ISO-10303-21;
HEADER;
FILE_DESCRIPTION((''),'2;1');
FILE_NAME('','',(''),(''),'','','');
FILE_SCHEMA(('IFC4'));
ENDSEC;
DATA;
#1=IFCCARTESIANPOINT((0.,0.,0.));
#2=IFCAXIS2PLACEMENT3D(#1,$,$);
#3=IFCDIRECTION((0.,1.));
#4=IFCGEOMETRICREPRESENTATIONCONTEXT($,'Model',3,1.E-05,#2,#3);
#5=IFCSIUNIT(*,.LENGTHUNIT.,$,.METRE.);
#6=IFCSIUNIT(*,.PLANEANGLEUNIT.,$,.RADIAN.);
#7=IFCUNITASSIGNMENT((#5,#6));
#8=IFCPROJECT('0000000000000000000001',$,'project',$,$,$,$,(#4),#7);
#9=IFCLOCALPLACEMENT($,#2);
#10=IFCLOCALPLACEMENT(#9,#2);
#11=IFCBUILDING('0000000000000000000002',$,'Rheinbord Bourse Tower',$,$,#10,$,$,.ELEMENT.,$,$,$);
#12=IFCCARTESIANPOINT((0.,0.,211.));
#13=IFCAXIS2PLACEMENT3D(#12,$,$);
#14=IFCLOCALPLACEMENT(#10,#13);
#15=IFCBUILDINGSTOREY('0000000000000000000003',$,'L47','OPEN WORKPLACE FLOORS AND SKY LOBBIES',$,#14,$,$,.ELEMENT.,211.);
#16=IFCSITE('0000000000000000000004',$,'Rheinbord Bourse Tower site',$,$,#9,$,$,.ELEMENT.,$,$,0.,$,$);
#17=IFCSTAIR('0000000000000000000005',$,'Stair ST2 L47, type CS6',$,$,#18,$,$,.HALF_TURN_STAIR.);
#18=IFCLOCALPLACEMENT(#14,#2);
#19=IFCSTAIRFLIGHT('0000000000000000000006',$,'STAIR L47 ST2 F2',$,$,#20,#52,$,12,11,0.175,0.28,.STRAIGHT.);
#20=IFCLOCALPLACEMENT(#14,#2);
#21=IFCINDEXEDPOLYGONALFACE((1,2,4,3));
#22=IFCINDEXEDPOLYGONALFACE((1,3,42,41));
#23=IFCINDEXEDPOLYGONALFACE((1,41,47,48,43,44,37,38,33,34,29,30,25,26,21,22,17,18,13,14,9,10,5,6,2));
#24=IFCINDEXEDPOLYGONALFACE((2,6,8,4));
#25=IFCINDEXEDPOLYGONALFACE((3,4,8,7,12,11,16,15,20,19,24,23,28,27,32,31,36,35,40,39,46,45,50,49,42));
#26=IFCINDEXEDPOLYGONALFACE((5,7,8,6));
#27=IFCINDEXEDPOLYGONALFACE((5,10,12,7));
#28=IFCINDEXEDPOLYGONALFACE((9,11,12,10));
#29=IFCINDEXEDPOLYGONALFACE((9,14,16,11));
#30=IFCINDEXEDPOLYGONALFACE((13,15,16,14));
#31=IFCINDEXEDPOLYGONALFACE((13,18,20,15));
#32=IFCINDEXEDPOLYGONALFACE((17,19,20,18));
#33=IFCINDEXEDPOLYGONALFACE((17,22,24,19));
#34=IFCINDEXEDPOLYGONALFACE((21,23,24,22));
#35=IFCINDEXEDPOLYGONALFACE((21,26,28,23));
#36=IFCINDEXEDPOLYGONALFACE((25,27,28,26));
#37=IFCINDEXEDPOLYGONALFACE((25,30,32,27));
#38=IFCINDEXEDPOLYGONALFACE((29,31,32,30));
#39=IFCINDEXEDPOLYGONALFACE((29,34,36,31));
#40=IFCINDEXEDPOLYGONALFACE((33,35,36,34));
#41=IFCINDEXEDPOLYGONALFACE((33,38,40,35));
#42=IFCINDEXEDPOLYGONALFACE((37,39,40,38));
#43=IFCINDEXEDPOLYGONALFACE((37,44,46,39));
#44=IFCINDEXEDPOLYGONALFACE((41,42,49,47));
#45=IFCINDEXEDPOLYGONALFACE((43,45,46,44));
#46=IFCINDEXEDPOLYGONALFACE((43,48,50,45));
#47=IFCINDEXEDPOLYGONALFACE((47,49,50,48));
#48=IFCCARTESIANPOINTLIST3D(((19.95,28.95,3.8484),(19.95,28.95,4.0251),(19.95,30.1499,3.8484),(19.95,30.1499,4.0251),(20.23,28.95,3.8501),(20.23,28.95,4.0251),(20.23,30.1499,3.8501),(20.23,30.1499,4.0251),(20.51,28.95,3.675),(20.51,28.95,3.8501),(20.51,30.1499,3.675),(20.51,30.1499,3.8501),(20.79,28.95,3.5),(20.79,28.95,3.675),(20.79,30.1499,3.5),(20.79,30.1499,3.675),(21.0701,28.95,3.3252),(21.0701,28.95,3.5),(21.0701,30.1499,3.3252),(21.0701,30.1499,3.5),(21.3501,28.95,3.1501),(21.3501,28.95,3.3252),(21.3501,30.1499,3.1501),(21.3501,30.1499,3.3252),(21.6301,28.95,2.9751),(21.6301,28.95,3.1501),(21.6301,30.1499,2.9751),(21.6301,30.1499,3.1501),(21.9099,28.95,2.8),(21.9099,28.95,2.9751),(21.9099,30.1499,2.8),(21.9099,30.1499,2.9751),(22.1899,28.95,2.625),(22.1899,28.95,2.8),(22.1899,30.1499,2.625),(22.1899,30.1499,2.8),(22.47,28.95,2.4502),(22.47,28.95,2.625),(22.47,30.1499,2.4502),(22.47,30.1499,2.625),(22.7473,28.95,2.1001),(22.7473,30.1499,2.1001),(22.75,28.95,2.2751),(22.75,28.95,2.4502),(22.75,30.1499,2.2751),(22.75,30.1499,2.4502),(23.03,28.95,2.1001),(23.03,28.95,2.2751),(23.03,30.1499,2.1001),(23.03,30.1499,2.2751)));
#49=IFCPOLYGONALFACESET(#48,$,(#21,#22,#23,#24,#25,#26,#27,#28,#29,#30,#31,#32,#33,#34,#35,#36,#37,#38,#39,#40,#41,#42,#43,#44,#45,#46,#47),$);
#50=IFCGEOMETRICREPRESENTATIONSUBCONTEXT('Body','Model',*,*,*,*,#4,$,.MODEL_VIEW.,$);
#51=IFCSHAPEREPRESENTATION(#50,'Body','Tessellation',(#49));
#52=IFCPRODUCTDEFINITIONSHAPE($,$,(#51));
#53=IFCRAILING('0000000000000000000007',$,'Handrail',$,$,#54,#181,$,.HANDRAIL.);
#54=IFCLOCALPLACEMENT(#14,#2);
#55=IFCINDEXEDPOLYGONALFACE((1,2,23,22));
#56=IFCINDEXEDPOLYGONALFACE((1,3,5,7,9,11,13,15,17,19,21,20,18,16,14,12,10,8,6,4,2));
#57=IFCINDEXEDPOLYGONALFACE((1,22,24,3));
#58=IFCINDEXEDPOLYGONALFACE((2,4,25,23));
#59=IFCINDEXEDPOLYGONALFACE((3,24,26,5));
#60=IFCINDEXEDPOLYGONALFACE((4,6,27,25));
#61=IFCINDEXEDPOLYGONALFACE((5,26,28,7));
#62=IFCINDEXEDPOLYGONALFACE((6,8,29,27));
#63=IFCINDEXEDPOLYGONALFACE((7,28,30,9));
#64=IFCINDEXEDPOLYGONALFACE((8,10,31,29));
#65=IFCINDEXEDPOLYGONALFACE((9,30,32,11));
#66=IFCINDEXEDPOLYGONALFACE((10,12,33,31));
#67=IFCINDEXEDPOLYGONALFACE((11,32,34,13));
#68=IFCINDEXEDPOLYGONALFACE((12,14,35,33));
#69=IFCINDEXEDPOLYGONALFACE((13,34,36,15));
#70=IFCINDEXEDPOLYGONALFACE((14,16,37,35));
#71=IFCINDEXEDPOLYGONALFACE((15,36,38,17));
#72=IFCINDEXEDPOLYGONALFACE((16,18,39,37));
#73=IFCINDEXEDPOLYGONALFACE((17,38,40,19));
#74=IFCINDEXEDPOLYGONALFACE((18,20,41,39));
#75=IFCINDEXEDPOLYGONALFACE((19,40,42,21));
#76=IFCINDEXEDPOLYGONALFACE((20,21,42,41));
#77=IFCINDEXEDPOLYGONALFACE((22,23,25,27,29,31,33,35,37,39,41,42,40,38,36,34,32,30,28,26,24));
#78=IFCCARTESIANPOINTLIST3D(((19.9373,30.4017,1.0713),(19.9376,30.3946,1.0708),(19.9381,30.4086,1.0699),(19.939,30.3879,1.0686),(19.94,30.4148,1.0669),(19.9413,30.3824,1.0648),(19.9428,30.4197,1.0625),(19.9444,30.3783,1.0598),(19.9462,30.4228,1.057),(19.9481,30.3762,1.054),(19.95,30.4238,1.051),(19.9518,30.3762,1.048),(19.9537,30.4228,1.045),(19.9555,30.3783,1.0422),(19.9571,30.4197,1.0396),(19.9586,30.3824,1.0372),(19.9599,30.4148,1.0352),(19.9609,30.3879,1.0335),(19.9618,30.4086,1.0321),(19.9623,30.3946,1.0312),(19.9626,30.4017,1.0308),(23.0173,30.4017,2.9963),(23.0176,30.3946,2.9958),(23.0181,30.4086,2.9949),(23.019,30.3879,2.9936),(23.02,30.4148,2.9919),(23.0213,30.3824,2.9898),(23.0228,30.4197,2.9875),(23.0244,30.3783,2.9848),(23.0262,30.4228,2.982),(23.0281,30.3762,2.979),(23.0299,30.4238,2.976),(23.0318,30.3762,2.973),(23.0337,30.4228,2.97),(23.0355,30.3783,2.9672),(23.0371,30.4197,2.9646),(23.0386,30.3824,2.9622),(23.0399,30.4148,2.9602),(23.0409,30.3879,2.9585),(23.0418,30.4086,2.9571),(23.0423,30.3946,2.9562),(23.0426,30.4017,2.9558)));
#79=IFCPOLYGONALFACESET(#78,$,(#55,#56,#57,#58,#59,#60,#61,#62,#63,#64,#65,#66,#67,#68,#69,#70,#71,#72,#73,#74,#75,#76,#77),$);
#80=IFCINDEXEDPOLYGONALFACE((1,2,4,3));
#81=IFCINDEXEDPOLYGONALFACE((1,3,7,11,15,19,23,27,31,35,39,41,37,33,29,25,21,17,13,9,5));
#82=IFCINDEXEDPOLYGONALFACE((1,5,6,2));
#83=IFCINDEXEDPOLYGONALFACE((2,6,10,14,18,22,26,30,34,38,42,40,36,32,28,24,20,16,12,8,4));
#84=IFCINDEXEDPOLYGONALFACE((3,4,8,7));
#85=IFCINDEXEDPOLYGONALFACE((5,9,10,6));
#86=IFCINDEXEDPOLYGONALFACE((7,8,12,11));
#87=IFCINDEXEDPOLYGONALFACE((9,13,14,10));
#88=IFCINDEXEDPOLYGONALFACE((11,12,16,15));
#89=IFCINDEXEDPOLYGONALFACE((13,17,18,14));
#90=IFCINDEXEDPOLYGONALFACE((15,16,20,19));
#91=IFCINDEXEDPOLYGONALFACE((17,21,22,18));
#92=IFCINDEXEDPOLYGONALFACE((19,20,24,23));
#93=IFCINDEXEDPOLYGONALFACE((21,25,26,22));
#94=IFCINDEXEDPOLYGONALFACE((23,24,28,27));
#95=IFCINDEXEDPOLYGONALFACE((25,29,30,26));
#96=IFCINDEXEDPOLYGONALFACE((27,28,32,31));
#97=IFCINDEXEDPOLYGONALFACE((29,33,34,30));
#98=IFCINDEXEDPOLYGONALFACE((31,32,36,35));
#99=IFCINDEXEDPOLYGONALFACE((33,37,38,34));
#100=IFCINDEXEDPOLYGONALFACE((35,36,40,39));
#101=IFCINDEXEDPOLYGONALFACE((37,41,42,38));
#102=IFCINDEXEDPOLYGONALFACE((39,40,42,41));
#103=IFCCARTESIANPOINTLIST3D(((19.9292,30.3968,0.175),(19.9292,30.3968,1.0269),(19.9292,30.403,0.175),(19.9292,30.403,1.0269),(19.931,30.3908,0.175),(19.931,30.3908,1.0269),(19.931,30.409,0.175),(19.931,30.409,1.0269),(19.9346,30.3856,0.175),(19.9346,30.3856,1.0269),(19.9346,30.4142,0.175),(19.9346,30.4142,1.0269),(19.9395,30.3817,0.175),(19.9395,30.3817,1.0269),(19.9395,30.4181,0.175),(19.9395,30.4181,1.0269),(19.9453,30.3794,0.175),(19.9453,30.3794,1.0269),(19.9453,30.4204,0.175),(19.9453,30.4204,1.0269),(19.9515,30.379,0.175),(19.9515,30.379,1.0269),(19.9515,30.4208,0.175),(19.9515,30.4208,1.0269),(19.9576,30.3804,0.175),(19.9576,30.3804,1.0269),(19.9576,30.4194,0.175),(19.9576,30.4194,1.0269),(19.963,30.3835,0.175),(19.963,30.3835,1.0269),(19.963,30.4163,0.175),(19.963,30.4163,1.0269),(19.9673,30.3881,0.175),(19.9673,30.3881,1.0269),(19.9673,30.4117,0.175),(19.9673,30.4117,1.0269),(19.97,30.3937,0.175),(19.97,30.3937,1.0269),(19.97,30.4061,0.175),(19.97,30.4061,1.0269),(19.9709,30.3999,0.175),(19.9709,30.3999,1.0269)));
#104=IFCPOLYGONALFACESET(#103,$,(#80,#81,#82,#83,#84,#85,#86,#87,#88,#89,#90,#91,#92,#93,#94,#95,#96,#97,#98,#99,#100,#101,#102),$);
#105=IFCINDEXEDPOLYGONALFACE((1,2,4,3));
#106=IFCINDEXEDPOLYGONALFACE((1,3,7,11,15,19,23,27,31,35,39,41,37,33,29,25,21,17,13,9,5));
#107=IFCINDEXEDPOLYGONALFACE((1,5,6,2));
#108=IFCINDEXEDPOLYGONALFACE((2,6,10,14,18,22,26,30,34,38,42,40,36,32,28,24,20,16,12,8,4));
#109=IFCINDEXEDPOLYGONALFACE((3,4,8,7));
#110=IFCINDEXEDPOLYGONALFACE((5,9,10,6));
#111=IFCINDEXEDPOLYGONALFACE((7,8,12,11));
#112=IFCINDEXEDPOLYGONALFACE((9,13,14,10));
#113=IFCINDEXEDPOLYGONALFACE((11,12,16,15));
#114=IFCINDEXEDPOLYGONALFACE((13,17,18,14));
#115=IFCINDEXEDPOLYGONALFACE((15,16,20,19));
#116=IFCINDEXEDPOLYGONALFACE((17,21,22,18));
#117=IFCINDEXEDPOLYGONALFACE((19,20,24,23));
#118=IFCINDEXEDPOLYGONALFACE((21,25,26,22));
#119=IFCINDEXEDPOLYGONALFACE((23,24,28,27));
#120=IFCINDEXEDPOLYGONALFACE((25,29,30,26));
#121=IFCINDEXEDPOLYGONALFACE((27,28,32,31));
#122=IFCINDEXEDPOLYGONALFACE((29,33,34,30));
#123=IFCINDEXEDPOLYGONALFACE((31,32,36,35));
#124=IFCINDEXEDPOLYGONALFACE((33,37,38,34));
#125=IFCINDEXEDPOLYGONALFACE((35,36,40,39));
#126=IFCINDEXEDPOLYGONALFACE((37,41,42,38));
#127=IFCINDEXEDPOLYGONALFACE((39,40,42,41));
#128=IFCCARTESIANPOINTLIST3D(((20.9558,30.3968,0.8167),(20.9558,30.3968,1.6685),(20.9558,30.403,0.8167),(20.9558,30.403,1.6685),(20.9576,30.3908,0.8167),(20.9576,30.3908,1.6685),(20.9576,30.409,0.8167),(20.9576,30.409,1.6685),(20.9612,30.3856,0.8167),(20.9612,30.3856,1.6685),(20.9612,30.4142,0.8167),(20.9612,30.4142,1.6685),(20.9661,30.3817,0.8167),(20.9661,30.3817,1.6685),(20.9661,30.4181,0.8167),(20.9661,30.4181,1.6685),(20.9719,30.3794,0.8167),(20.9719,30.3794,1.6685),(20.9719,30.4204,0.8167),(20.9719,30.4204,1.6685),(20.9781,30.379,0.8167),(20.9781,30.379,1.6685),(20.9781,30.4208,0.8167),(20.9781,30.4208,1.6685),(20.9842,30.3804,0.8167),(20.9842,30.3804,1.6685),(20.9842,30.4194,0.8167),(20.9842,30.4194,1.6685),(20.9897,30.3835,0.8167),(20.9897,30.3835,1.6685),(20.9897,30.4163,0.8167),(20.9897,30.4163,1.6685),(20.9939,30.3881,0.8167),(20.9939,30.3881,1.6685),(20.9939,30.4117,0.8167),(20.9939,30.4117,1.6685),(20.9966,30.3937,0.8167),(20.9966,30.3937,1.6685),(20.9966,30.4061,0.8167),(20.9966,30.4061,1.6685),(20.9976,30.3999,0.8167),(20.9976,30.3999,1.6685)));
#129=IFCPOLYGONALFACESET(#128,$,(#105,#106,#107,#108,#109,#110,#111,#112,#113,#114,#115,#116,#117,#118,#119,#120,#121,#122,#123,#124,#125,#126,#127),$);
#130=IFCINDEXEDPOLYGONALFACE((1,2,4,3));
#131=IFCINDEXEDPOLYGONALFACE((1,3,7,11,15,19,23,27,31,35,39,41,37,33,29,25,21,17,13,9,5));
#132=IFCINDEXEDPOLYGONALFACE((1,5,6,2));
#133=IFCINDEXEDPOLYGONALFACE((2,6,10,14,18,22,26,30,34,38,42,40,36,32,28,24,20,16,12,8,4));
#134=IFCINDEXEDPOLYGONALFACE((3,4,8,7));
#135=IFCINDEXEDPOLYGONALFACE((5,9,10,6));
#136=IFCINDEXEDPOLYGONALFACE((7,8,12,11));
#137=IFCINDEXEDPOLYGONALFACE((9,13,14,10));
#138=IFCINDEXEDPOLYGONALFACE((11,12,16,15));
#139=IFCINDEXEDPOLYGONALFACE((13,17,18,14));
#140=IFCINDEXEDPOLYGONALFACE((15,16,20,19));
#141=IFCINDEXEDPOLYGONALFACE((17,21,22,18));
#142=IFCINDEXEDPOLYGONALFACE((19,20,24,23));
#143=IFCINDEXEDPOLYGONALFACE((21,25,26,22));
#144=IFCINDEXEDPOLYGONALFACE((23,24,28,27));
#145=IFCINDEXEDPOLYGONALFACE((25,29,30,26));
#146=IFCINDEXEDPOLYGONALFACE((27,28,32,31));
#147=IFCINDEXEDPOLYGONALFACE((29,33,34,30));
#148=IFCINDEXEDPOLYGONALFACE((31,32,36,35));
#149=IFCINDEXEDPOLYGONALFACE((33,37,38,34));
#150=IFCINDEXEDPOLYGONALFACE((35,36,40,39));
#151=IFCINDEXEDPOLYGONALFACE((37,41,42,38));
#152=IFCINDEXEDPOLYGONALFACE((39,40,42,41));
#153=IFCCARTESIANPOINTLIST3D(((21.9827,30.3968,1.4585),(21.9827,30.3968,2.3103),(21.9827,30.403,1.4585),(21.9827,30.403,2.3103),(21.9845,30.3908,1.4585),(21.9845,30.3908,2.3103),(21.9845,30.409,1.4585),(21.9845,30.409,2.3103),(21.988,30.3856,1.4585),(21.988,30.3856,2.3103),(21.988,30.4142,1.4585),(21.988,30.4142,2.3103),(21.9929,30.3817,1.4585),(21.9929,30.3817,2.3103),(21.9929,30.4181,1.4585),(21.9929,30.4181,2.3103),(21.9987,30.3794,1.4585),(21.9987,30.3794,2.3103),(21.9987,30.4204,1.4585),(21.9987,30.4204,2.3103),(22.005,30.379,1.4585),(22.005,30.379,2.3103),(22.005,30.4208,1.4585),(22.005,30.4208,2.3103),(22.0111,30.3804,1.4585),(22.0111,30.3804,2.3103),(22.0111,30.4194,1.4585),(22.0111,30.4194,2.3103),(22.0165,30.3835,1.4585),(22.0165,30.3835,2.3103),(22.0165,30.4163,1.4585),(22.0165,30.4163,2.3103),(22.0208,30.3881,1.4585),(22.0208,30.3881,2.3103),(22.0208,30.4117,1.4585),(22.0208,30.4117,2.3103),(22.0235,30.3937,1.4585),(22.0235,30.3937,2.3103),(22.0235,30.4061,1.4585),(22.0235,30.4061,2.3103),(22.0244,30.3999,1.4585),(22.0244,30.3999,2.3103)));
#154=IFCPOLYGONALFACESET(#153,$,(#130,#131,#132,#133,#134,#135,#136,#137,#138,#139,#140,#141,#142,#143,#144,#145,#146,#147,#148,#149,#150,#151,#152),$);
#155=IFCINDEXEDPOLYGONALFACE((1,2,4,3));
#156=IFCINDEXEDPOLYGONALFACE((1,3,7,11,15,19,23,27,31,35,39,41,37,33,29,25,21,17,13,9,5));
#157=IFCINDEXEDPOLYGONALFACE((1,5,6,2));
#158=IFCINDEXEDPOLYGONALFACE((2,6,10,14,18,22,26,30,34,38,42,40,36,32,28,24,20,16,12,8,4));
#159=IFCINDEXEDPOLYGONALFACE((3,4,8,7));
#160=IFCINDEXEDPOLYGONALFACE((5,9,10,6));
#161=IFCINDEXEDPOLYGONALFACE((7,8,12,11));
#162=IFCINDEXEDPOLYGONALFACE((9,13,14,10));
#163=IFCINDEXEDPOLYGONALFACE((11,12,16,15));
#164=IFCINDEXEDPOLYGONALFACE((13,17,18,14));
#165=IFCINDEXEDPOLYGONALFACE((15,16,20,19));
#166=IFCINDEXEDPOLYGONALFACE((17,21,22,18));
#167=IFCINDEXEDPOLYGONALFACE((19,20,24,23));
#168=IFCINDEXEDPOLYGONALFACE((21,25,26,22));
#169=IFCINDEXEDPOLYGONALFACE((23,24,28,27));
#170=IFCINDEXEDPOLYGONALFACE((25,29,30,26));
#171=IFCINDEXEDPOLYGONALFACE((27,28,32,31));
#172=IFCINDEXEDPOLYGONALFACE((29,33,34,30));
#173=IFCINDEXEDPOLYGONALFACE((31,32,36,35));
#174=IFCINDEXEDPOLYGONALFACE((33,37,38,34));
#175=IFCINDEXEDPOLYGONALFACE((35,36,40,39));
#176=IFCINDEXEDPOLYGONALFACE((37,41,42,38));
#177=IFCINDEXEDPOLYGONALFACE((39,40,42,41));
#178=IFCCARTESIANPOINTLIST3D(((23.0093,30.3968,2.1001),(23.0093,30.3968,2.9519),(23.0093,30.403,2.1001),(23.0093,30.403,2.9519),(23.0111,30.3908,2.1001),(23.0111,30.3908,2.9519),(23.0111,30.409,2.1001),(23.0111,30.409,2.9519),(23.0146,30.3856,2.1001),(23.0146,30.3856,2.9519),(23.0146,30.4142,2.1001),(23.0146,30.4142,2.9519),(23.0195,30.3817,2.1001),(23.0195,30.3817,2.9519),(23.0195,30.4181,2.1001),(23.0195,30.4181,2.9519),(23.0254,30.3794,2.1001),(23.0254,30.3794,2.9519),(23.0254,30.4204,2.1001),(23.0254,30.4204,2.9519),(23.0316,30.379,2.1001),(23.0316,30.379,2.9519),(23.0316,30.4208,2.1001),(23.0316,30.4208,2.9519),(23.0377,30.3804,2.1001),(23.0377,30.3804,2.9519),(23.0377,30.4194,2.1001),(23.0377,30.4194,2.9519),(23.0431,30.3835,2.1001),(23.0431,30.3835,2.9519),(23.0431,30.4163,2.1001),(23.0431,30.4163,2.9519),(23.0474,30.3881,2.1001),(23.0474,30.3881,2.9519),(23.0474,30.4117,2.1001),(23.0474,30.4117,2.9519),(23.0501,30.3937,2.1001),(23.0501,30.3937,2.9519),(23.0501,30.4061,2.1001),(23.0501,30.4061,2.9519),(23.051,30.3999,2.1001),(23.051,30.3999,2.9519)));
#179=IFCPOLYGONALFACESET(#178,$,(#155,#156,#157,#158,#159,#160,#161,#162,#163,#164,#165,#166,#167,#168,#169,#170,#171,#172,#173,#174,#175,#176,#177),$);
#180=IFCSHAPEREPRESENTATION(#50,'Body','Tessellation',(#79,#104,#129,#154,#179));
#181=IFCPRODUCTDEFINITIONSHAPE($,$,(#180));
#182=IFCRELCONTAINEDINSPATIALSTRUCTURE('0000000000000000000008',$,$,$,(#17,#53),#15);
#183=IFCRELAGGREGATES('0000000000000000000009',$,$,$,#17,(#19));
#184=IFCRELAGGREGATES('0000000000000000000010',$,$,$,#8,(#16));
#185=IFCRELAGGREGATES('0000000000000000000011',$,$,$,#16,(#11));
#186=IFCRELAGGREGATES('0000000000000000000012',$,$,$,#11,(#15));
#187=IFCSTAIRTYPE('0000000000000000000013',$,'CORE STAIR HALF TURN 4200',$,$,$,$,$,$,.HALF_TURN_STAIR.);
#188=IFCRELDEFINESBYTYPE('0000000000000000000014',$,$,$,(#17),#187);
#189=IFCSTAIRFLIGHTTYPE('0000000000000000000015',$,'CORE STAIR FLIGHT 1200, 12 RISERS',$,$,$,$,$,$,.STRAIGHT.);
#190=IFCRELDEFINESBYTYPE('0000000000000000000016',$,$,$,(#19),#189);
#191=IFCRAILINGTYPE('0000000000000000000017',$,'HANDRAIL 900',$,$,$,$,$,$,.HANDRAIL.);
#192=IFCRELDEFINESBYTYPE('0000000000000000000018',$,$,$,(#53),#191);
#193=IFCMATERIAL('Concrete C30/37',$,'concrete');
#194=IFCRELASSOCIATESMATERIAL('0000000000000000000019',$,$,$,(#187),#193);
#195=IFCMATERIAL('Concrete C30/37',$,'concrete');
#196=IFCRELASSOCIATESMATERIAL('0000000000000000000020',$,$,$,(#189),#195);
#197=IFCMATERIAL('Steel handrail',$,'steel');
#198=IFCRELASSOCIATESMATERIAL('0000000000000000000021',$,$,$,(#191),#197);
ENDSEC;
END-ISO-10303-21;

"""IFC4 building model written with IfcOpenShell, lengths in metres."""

from ifc_helpers import new_model, si_unit, direction, frame, origin, origin_2d, place, context, subcontext, project, spatial, polyline, circle, outline, extrude, material, type_object, element, aggregate, save


model = new_model("IFC4")

# Units and contexts
model_context = context("Model", 3, precision=1e-05, world=origin(), true_north=direction((0.0, 1.0)))
body_context = subcontext(model_context, "Body", "Model", "MODEL_VIEW")
ifc_project = project(units=[si_unit("LENGTHUNIT", "METRE"), si_unit("PLANEANGLEUNIT", "RADIAN")], contexts=[model_context])

# Site, building, storey
site_placement = place(None, origin())
site = spatial("IfcSite", under=ifc_project, at=site_placement, Name="Rheinbord Bourse Tower site", CompositionType="ELEMENT", RefElevation=0.0)
building_placement = place(site_placement, origin())
building = spatial("IfcBuilding", under=site, at=building_placement, Name="Rheinbord Bourse Tower", CompositionType="ELEMENT")
storey_placement = place(building_placement, frame((0.0, 0.0, 211.0)))
storey = spatial("IfcBuildingStorey", under=building, at=storey_placement, Name="L47", Description="OPEN WORKPLACE FLOORS AND SKY LOBBIES", CompositionType="ELEMENT", Elevation=211.0)

# Stair, stair flight
ifc_material_1 = material(Name="Concrete C30/37", Category="concrete")
stair_type = type_object("IfcStairType", Name="CORE STAIR HALF TURN 4200", PredefinedType="HALF_TURN_STAIR", material=ifc_material_1)
stair_placement = place(storey_placement, origin())
stair = element("IfcStair", 1, at=stair_placement, inside=storey, type_object=stair_type, Name="Stair ST2 L47, type CS6", PredefinedType="HALF_TURN_STAIR")
ifc_material_2 = material(Name="Concrete C30/37", Category="concrete")
stair_flight_type = type_object("IfcStairFlightType", Name="CORE STAIR FLIGHT 1200, 12 RISERS", PredefinedType="STRAIGHT", material=ifc_material_2)
stair_flight_1_placement = place(storey_placement, frame((23.03, 29.55, 2.1001), z_axis=(0.0, 0.0, 1.0), x_axis=(-1.0, 0.0, 0.0)))
stair_flight_1 = element("IfcStairFlight", 2, at=stair_flight_1_placement, type_object=stair_flight_type, Name="STAIR L47 ST2 F2", NumberOfRisers=12, NumberOfTreads=11, PredefinedType="STRAIGHT", RiserHeight=0.175, TreadLength=0.28, context=body_context, shape_type="SweptSolid", body=[
    extrude(outline(polyline([(0.0, 0.0), (0.0, 0.175), (0.28, 0.175), (0.28, 0.3501), (0.5601, 0.3501), (0.5601, 0.5249), (0.8401, 0.5249), (0.8401, 0.7), (1.1201, 0.7), (1.1201, 0.875), (1.3999, 0.875), (1.3999, 1.05), (1.6799, 1.05), (1.6799, 1.2251), (1.96, 1.2251), (1.96, 1.3999), (2.24, 1.3999), (2.24, 1.575), (2.52, 1.575), (2.52, 1.75), (2.8, 1.75), (2.8, 1.925), (3.0801, 1.925), (3.0801, 2.1001), (3.0801, 1.7483), (0.2827, 0.0), (0.0, 0.0)])), frame((0.0, 0.6001, 0.0), z_axis=(0.0, -1.0, 0.0), x_axis=(1.0, 0.0, 0.0)), (0.0, 0.0, 1.0), 1.2),
])
aggregate(stair, [stair_flight_1])

# Railing
ifc_material_3 = material(Name="Steel handrail", Category="steel")
railing_type = type_object("IfcRailingType", Name="HANDRAIL 900", PredefinedType="HANDRAIL", material=ifc_material_3)
railing_1_placement = place(storey_placement, frame((19.95, 30.3999, 0.175)))
element("IfcRailing", 3, at=railing_1_placement, inside=storey, type_object=railing_type, Name="Handrail", PredefinedType="HANDRAIL", context=body_context, shape_type="SweptSolid", body=[
    extrude(circle(Radius=0.0239, at=origin_2d()), frame((0.0, 0.0, 0.876), z_axis=(0.847998, 0.0, 0.529999), x_axis=(0.0, 1.0, 0.0)), (0.0, 0.0, 1.0), 3.6321),
    extrude(circle(Radius=0.021, at=origin_2d()), origin(), (0.0, 0.0, 1.0), 0.8518),
    extrude(circle(Radius=0.021, at=origin_2d()), frame((1.0266, 0.0, 0.6416)), (0.0, 0.0, 1.0), 0.8518),
    extrude(circle(Radius=0.021, at=origin_2d()), frame((2.0535, 0.0, 1.2834)), (0.0, 0.0, 1.0), 0.8518),
    extrude(circle(Radius=0.021, at=origin_2d()), frame((3.0801, 0.0, 1.925)), (0.0, 0.0, 1.0), 0.8518),
])

save(model, "model.ifc")
